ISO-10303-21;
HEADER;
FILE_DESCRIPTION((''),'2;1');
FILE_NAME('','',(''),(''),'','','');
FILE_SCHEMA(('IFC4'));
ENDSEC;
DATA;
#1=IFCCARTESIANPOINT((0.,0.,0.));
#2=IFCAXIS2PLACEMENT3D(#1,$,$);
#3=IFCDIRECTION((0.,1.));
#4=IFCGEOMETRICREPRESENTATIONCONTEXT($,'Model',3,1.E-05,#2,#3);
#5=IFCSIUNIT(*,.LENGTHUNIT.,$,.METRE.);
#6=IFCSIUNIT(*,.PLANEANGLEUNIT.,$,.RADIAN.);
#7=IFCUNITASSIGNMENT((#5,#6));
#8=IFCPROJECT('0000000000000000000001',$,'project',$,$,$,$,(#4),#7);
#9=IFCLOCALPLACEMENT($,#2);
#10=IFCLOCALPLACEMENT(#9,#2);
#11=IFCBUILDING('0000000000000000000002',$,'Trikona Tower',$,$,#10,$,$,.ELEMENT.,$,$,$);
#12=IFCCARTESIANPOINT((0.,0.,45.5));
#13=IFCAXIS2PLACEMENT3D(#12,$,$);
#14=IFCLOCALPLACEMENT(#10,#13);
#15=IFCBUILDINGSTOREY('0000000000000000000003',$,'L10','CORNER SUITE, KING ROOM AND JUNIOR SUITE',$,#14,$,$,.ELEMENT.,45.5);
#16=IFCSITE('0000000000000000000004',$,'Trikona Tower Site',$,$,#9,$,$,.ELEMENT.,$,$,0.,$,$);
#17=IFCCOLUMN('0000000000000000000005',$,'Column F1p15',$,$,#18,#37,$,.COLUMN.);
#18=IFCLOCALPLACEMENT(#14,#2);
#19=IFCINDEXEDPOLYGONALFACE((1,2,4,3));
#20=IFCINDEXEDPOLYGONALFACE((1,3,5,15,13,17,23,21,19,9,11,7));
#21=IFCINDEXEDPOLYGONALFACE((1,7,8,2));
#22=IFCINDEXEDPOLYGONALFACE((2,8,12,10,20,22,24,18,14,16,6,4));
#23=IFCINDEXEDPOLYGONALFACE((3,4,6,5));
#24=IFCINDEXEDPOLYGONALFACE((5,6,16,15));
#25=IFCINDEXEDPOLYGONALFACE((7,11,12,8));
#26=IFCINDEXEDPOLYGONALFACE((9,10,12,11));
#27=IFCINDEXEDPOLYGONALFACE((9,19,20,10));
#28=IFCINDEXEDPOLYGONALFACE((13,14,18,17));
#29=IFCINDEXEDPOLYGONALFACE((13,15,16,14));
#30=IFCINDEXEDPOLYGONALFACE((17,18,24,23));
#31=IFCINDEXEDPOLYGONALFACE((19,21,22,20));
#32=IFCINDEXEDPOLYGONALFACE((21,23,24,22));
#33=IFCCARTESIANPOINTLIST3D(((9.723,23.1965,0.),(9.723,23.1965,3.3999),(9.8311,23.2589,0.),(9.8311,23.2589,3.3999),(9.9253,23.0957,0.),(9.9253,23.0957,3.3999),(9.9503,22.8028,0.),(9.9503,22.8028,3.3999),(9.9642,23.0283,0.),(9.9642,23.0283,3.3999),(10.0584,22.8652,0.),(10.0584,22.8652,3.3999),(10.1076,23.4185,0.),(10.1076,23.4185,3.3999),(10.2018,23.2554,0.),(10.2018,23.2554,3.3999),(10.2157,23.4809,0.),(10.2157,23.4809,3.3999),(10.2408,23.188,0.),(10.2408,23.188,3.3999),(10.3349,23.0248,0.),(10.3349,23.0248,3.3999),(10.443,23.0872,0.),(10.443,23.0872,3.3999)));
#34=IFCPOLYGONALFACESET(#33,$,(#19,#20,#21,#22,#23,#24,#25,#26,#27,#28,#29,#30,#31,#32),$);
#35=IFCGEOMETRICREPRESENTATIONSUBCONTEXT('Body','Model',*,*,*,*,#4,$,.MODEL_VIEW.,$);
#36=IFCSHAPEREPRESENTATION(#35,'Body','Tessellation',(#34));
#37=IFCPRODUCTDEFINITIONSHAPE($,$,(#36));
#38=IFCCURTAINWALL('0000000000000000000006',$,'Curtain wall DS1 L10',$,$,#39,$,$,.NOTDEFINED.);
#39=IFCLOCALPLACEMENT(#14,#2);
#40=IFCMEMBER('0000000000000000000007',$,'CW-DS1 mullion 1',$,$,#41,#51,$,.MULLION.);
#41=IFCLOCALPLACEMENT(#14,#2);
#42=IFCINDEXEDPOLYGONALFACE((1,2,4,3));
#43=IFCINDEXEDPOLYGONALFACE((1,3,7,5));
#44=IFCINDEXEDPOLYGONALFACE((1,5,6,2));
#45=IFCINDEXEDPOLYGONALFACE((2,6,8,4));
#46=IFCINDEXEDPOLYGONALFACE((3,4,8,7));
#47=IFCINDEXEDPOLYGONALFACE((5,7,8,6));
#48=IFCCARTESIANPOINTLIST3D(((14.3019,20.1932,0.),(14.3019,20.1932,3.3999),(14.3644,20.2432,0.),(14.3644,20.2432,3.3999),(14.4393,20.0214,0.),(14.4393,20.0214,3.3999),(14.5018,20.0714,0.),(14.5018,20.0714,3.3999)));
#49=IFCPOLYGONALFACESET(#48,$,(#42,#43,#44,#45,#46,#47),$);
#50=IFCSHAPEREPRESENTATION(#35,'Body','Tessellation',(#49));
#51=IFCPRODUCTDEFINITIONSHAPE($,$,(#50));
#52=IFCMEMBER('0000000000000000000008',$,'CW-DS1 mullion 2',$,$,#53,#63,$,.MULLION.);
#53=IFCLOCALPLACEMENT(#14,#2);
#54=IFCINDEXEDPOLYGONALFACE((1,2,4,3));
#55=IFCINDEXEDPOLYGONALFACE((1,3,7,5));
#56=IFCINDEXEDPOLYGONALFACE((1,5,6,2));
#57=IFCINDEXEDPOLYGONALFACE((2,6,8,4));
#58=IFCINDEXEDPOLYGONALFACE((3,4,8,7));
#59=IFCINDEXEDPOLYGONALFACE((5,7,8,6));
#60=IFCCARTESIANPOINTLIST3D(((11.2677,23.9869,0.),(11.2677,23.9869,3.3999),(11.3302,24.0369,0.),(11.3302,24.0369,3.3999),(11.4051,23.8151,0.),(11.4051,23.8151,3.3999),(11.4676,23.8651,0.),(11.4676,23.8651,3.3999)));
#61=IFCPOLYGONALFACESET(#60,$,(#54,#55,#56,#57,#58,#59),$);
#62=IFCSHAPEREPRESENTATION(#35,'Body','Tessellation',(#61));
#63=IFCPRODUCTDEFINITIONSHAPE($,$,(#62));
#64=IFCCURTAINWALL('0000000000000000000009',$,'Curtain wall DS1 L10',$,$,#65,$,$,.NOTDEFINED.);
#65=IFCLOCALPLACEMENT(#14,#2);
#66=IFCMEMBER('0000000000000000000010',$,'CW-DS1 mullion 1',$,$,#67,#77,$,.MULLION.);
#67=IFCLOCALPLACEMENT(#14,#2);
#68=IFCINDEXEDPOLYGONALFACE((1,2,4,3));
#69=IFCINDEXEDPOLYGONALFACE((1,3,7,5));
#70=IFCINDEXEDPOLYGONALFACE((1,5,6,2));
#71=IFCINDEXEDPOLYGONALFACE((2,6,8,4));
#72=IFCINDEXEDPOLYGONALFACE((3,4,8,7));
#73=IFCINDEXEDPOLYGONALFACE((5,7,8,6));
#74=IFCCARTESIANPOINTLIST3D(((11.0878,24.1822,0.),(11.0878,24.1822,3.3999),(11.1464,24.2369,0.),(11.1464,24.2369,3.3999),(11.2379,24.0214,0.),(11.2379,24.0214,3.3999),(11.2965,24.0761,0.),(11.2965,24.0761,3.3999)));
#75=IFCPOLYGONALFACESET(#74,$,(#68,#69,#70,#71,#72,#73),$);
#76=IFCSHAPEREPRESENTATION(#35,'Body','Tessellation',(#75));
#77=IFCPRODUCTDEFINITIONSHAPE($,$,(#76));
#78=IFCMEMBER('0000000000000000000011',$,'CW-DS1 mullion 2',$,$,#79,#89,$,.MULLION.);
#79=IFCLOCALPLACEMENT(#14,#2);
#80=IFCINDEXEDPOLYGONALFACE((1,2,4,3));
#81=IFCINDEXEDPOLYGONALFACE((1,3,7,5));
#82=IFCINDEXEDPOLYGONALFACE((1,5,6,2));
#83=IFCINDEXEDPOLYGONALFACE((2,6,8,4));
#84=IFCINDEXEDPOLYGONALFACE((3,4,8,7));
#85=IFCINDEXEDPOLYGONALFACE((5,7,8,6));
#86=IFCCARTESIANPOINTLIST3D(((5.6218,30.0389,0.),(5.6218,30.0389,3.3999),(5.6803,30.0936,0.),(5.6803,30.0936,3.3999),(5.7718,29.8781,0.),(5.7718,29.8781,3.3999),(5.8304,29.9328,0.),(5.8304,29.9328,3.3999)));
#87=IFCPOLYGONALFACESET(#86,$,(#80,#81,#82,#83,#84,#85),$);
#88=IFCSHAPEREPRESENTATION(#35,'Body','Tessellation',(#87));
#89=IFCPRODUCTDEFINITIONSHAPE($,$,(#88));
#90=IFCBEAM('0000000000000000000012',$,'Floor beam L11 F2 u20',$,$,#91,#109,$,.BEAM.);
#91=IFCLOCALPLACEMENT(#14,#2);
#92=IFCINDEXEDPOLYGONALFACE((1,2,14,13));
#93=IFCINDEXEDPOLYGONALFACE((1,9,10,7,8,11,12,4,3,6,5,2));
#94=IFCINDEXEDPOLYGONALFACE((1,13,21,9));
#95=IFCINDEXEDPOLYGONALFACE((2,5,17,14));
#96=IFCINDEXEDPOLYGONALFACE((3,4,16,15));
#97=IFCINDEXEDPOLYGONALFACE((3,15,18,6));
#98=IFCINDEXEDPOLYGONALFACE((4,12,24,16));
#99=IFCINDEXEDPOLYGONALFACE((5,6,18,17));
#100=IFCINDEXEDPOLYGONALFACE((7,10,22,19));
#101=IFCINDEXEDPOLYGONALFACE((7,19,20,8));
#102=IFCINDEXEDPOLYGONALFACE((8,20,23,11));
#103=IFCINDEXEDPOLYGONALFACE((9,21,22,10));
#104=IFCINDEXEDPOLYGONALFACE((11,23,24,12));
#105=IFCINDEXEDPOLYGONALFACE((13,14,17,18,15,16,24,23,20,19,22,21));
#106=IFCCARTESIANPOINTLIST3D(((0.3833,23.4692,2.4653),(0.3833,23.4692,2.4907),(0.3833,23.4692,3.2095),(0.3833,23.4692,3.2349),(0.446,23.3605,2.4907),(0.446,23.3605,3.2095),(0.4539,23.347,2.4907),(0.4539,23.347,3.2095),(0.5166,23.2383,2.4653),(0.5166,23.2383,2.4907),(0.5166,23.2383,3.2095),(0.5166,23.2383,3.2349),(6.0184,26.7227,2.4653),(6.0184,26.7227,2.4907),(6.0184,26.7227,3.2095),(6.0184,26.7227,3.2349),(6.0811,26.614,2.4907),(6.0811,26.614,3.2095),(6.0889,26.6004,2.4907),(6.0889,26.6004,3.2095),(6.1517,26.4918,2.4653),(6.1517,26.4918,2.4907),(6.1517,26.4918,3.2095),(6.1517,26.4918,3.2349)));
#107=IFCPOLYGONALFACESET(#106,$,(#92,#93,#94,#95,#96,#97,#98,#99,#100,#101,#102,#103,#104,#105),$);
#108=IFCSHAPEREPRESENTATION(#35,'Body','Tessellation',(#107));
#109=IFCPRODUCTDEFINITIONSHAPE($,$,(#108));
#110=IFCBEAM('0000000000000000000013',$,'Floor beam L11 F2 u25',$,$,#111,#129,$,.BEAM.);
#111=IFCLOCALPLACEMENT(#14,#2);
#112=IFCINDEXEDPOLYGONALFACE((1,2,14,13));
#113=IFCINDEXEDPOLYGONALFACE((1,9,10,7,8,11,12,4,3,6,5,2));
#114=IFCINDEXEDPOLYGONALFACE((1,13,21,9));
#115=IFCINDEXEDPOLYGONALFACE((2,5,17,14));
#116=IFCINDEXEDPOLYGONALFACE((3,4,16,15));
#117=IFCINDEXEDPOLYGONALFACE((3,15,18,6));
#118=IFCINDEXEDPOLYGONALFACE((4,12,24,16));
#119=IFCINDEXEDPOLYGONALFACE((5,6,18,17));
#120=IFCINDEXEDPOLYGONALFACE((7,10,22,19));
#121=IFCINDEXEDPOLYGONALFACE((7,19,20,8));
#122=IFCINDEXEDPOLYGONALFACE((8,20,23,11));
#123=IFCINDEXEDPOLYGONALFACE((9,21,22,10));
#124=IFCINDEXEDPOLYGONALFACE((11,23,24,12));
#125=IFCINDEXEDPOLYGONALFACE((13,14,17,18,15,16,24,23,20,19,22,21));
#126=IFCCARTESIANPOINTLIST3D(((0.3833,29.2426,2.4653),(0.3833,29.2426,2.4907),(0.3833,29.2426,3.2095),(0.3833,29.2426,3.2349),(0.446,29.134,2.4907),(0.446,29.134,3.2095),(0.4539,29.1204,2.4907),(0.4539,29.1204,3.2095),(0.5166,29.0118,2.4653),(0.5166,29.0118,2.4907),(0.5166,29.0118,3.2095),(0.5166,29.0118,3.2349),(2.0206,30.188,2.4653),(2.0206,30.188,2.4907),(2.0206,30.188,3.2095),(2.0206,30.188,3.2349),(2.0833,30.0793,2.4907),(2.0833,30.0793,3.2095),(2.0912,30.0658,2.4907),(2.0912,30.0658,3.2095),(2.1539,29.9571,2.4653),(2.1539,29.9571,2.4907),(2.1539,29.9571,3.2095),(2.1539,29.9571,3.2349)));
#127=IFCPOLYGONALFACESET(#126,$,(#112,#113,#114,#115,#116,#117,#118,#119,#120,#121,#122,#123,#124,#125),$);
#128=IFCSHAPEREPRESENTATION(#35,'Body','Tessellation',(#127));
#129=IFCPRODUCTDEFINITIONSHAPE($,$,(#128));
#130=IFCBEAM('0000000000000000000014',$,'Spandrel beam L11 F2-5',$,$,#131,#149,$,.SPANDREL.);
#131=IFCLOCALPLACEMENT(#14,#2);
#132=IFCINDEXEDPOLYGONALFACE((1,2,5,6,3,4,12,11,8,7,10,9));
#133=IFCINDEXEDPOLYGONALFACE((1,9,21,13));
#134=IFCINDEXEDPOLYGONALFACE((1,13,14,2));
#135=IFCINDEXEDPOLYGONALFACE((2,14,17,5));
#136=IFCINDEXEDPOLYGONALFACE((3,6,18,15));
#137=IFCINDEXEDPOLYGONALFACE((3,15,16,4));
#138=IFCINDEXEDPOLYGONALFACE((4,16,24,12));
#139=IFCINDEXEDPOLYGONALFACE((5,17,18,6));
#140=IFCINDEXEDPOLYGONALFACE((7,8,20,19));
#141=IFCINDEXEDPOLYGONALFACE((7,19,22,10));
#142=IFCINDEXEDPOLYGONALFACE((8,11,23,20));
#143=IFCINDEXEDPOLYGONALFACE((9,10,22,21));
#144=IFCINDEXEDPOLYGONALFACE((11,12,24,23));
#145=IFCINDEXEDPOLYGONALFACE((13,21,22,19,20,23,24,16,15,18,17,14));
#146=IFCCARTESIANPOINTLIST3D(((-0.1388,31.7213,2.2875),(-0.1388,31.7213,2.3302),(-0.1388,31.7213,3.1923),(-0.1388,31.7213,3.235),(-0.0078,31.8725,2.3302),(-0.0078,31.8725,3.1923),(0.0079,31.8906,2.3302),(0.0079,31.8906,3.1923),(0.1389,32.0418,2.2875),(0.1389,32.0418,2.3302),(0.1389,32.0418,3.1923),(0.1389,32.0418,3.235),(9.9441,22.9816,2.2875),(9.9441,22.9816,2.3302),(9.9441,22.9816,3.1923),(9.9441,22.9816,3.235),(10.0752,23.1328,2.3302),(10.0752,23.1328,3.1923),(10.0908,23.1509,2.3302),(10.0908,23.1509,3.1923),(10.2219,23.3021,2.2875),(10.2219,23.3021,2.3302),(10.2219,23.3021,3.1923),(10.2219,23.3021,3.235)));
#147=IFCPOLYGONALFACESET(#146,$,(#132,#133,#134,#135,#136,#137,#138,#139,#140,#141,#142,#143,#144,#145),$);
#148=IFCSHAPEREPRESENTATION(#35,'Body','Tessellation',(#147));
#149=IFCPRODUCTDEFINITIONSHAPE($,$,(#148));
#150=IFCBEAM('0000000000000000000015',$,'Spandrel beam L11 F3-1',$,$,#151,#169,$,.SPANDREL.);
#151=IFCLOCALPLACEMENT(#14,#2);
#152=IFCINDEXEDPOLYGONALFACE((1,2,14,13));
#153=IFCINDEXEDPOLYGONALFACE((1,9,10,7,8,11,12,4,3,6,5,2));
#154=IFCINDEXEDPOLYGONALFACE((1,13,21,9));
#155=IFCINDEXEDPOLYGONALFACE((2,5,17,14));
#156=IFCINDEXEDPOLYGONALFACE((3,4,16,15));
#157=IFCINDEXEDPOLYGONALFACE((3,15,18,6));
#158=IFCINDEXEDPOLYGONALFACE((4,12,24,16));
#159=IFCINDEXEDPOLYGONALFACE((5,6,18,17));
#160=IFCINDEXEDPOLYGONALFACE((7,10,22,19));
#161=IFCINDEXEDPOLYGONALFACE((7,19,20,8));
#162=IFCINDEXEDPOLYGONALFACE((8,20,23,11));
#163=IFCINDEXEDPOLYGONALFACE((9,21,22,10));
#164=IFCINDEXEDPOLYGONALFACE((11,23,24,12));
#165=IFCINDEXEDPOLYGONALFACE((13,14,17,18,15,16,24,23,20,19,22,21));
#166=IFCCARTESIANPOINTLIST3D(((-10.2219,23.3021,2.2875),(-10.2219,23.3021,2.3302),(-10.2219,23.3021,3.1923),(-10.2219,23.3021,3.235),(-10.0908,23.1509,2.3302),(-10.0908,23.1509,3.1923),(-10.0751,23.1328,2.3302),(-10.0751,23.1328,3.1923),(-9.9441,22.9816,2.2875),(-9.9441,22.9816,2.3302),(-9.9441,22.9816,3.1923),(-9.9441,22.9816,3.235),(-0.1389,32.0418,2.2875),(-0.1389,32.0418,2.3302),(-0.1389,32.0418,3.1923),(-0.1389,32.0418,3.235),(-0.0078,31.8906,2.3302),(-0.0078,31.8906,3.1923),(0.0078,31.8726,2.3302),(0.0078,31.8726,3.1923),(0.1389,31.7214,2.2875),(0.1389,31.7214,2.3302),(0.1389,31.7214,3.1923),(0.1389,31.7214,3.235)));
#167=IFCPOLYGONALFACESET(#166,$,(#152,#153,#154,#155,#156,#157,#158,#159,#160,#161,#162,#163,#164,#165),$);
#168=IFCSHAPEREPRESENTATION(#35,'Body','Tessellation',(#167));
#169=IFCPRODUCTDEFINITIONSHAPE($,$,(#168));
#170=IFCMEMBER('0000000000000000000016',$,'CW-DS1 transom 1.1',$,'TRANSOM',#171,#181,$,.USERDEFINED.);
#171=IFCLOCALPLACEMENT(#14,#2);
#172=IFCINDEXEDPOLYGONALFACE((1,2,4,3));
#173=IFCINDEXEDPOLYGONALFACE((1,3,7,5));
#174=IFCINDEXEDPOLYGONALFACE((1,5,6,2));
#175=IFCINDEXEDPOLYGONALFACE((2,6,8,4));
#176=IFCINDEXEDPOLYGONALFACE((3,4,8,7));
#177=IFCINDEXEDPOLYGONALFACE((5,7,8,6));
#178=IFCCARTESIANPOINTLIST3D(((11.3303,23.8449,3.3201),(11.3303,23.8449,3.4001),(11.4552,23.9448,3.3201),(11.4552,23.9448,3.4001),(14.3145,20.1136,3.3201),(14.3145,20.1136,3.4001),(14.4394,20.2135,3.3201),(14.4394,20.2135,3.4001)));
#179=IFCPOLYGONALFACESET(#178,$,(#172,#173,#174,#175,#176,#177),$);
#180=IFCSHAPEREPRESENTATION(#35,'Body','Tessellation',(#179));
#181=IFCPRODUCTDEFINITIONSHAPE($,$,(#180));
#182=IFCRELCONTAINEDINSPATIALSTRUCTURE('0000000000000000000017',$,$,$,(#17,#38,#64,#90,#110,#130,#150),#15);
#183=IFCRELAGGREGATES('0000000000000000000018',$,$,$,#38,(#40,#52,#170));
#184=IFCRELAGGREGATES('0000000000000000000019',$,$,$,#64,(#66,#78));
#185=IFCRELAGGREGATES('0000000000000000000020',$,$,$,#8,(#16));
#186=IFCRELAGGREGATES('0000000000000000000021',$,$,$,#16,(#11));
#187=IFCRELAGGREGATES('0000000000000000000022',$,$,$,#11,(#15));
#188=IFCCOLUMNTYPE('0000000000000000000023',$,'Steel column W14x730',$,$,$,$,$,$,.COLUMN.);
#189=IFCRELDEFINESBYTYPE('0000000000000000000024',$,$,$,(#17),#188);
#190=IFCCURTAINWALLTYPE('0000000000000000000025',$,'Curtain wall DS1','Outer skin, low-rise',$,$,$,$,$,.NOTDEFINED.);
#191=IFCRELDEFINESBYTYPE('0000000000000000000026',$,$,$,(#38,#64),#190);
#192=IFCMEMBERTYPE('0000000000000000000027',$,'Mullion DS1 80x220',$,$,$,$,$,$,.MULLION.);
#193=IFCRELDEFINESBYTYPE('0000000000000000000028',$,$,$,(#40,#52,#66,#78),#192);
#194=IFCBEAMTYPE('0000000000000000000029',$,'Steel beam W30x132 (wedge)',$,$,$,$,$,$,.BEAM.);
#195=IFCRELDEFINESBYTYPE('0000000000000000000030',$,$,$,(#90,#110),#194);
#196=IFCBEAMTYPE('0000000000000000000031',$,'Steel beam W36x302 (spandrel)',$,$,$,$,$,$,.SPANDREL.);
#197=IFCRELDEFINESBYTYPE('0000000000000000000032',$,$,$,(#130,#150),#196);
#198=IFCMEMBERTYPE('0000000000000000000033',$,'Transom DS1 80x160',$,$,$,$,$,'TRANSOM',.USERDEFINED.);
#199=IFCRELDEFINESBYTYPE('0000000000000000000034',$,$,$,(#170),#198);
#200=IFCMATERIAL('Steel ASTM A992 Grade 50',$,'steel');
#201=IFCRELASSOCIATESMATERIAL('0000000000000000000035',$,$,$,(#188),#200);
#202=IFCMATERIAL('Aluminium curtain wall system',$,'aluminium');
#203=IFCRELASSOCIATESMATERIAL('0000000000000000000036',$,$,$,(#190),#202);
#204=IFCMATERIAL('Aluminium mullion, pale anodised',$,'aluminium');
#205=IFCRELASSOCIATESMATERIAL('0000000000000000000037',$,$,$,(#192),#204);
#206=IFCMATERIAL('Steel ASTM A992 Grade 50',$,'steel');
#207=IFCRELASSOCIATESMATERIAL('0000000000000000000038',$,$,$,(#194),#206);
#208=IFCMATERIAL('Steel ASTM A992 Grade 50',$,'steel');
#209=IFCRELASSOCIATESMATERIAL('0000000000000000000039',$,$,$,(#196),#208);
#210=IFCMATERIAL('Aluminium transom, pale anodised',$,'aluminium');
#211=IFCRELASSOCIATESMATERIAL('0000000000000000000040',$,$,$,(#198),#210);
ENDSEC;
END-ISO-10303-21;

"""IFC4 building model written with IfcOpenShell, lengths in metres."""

from ifc_helpers import new_model, si_unit, direction, frame, origin, origin_2d, place, context, subcontext, project, spatial, rectangle, i_section, extrude, material, material_profile, profile_set, type_object, element, aggregate, save


model = new_model("IFC4")

# Units and contexts
model_context = context("Model", 3, precision=1e-05, world=origin(), true_north=direction((0.0, 1.0)))
body_context = subcontext(model_context, "Body", "Model", "MODEL_VIEW")
ifc_project = project(units=[si_unit("LENGTHUNIT", "METRE"), si_unit("PLANEANGLEUNIT", "RADIAN")], contexts=[model_context])

# Site, building, storey
site_placement = place(None, origin())
site = spatial("IfcSite", under=ifc_project, at=site_placement, Name="Trikona Tower Site", CompositionType="ELEMENT", RefElevation=0.0)
building_placement = place(site_placement, origin())
building = spatial("IfcBuilding", under=site, at=building_placement, Name="Trikona Tower", CompositionType="ELEMENT")
storey_placement = place(building_placement, frame((0.0, 0.0, 45.5)))
storey = spatial("IfcBuildingStorey", under=building, at=storey_placement, Name="L10", Description="CORNER SUITE, KING ROOM AND JUNIOR SUITE", CompositionType="ELEMENT", Elevation=45.5)

# Column
ifc_material_1 = material(Name="Steel ASTM A992 Grade 50", Category="steel")
ifc_material_profile_1 = material_profile(ifc_material_1, i_section(OverallWidth=0.4546, OverallDepth=0.5688, WebThickness=0.0779, FlangeThickness=0.1248, at=origin_2d()), Name="W14X730")
ifc_profile_set_1 = profile_set([ifc_material_profile_1], Name="Steel ASTM A992 Grade 50")
column_type = type_object("IfcColumnType", Name="Steel column W14x730", PredefinedType="COLUMN", material=ifc_profile_set_1)
column_placement = place(storey_placement, frame((10.083, 23.1418, 0.0), z_axis=(0.0, 0.0, 1.0), x_axis=(-0.5, 0.866025, 0.0)))
element("IfcColumn", 1, at=column_placement, inside=storey, type_object=column_type, Name="Column F1p15", PredefinedType="COLUMN", context=body_context, shape_type="SweptSolid", body=[
    extrude(i_section(OverallWidth=0.4546, OverallDepth=0.5688, WebThickness=0.0779, FlangeThickness=0.1248, at=origin_2d()), origin(), (0.0, 0.0, 1.0), 3.3999),
])

# Curtain walls, members
ifc_material_2 = material(Name="Aluminium curtain wall system", Category="aluminium")
curtain_wall_type = type_object("IfcCurtainWallType", Name="Curtain wall DS1", Description="Outer skin, low-rise", PredefinedType="NOTDEFINED", material=ifc_material_2)
curtain_wall_1_placement = place(storey_placement, origin())
curtain_wall_1 = element("IfcCurtainWall", 2, at=curtain_wall_1_placement, inside=storey, type_object=curtain_wall_type, Name="Curtain wall DS1 L10", PredefinedType="NOTDEFINED")
ifc_material_3 = material(Name="Aluminium mullion, pale anodised", Category="aluminium")
ifc_material_profile_2 = material_profile(ifc_material_3, rectangle(XDim=0.0801, YDim=0.22, at=origin_2d()), Name="MUL-DS1")
ifc_profile_set_2 = profile_set([ifc_material_profile_2], Name="Aluminium mullion, pale anodised")
member_type_1 = type_object("IfcMemberType", Name="Mullion DS1 80x220", PredefinedType="MULLION", material=ifc_profile_set_2)
member_1_placement = place(storey_placement, frame((14.4019, 20.1323, 0.0), z_axis=(0.0, 0.0, 1.0), x_axis=(-0.780938, -0.624609, 0.0)))
member_1 = element("IfcMember", 3, at=member_1_placement, type_object=member_type_1, Name="CW-DS1 mullion 1", PredefinedType="MULLION", context=body_context, shape_type="SweptSolid", body=[
    extrude(rectangle(XDim=0.0801, YDim=0.22, at=origin_2d()), origin(), (0.0, 0.0, 1.0), 3.3999),
])
member_2_placement = place(storey_placement, frame((11.3677, 23.926, 0.0), z_axis=(0.0, 0.0, 1.0), x_axis=(-0.780938, -0.624609, 0.0)))
member_2 = element("IfcMember", 4, at=member_2_placement, type_object=member_type_1, Name="CW-DS1 mullion 2", PredefinedType="MULLION", context=body_context, shape_type="SweptSolid", body=[
    extrude(rectangle(XDim=0.0801, YDim=0.22, at=origin_2d()), origin(), (0.0, 0.0, 1.0), 3.3999),
])
curtain_wall_2_placement = place(storey_placement, origin())
curtain_wall_2 = element("IfcCurtainWall", 5, at=curtain_wall_2_placement, inside=storey, type_object=curtain_wall_type, Name="Curtain wall DS1 L10", PredefinedType="NOTDEFINED")
member_3_placement = place(storey_placement, frame((11.1921, 24.1292, 0.0), z_axis=(0.0, 0.0, 1.0), x_axis=(-0.731077, -0.682295, 0.0)))
member_3 = element("IfcMember", 6, at=member_3_placement, type_object=member_type_1, Name="CW-DS1 mullion 1", PredefinedType="MULLION", context=body_context, shape_type="SweptSolid", body=[
    extrude(rectangle(XDim=0.0801, YDim=0.22, at=origin_2d()), origin(), (0.0, 0.0, 1.0), 3.3999),
])
member_4_placement = place(storey_placement, frame((5.7261, 29.9858, 0.0), z_axis=(0.0, 0.0, 1.0), x_axis=(-0.731077, -0.682295, 0.0)))
member_4 = element("IfcMember", 7, at=member_4_placement, type_object=member_type_1, Name="CW-DS1 mullion 2", PredefinedType="MULLION", context=body_context, shape_type="SweptSolid", body=[
    extrude(rectangle(XDim=0.0801, YDim=0.22, at=origin_2d()), origin(), (0.0, 0.0, 1.0), 3.3999),
])

# Beams
ifc_material_4 = material(Name="Steel ASTM A992 Grade 50", Category="steel")
ifc_material_profile_3 = material_profile(ifc_material_4, i_section(OverallWidth=0.2666, OverallDepth=0.7695, WebThickness=0.0156, FlangeThickness=0.0254, at=origin_2d()), Name="W30X132")
ifc_profile_set_3 = profile_set([ifc_material_profile_3], Name="Steel ASTM A992 Grade 50")
beam_type_1 = type_object("IfcBeamType", Name="Steel beam W30x132 (wedge)", PredefinedType="BEAM", material=ifc_profile_set_3)
beam_1_placement = place(storey_placement, frame((0.45, 23.3538, 2.8501), z_axis=(0.866023, 0.500005, 0.0), x_axis=(-0.500005, 0.866023, 0.0)))
element("IfcBeam", 8, at=beam_1_placement, inside=storey, type_object=beam_type_1, Name="Floor beam L11 F2 u20", PredefinedType="BEAM", context=body_context, shape_type="SweptSolid", body=[
    extrude(i_section(OverallWidth=0.2666, OverallDepth=0.7695, WebThickness=0.0156, FlangeThickness=0.0254, at=origin_2d()), origin(), (0.0, 0.0, 1.0), 6.5068),
])
beam_2_placement = place(storey_placement, frame((0.45, 29.1272, 2.8501), z_axis=(0.866009, 0.500028, 0.0), x_axis=(-0.500028, 0.866009, 0.0)))
element("IfcBeam", 9, at=beam_2_placement, inside=storey, type_object=beam_type_1, Name="Floor beam L11 F2 u25", PredefinedType="BEAM", context=body_context, shape_type="SweptSolid", body=[
    extrude(i_section(OverallWidth=0.2666, OverallDepth=0.7695, WebThickness=0.0156, FlangeThickness=0.0254, at=origin_2d()), origin(), (0.0, 0.0, 1.0), 1.8906),
])
ifc_material_5 = material(Name="Steel ASTM A992 Grade 50", Category="steel")
ifc_material_profile_4 = material_profile(ifc_material_5, i_section(OverallWidth=0.4241, OverallDepth=0.9475, WebThickness=0.0239, FlangeThickness=0.0427, at=origin_2d()), Name="W36X302")
ifc_profile_set_4 = profile_set([ifc_material_profile_4], Name="Steel ASTM A992 Grade 50")
beam_type_2 = type_object("IfcBeamType", Name="Steel beam W36x302 (spandrel)", PredefinedType="SPANDREL", material=ifc_profile_set_4)
for number, where, z_axis, x_axis, name in (
    (10, (10.083, 23.1418, 2.7612), (-0.755647, 0.654979, 0.0), (-0.654979, -0.755647, 0.0), "Spandrel beam L11 F2-5"),
    (11, (0.0, 31.8816, 2.7612), (-0.755647, -0.654979, 0.0), (0.654979, -0.755647, 0.0), "Spandrel beam L11 F3-1"),
):
    element("IfcBeam", number, at=place(storey_placement, frame(where, z_axis=z_axis, x_axis=x_axis)), inside=storey, type_object=beam_type_2, Name=name, PredefinedType="SPANDREL", context=body_context, shape_type="SweptSolid", body=[
        extrude(i_section(OverallWidth=0.4241, OverallDepth=0.9475, WebThickness=0.0239, FlangeThickness=0.0427, at=origin_2d()), origin(), (0.0, 0.0, 1.0), 13.3435),
    ])

# Member
ifc_material_6 = material(Name="Aluminium transom, pale anodised", Category="aluminium")
ifc_material_profile_5 = material_profile(ifc_material_6, rectangle(XDim=0.1599, YDim=0.0801, at=origin_2d()), Name="TRN-DS1")
ifc_profile_set_5 = profile_set([ifc_material_profile_5], Name="Aluminium transom, pale anodised")
member_type_2 = type_object("IfcMemberType", Name="Transom DS1 80x160", ElementType="TRANSOM", PredefinedType="USERDEFINED", material=ifc_profile_set_5)
member_5_placement = place(storey_placement, frame((14.377, 20.1636, 3.3601), z_axis=(-0.624589, 0.780954, 0.0), x_axis=(-0.780954, -0.624589, 0.0)))
member_5 = element("IfcMember", 12, at=member_5_placement, type_object=member_type_2, Name="CW-DS1 transom 1.1", ObjectType="TRANSOM", PredefinedType="USERDEFINED", context=body_context, shape_type="SweptSolid", body=[
    extrude(rectangle(XDim=0.1599, YDim=0.0801, at=origin_2d()), origin(), (0.0, 0.0, 1.0), 4.7778),
])

aggregate(curtain_wall_1, [member_1, member_2, member_5])
aggregate(curtain_wall_2, [member_3, member_4])

save(model, "model.ifc")
